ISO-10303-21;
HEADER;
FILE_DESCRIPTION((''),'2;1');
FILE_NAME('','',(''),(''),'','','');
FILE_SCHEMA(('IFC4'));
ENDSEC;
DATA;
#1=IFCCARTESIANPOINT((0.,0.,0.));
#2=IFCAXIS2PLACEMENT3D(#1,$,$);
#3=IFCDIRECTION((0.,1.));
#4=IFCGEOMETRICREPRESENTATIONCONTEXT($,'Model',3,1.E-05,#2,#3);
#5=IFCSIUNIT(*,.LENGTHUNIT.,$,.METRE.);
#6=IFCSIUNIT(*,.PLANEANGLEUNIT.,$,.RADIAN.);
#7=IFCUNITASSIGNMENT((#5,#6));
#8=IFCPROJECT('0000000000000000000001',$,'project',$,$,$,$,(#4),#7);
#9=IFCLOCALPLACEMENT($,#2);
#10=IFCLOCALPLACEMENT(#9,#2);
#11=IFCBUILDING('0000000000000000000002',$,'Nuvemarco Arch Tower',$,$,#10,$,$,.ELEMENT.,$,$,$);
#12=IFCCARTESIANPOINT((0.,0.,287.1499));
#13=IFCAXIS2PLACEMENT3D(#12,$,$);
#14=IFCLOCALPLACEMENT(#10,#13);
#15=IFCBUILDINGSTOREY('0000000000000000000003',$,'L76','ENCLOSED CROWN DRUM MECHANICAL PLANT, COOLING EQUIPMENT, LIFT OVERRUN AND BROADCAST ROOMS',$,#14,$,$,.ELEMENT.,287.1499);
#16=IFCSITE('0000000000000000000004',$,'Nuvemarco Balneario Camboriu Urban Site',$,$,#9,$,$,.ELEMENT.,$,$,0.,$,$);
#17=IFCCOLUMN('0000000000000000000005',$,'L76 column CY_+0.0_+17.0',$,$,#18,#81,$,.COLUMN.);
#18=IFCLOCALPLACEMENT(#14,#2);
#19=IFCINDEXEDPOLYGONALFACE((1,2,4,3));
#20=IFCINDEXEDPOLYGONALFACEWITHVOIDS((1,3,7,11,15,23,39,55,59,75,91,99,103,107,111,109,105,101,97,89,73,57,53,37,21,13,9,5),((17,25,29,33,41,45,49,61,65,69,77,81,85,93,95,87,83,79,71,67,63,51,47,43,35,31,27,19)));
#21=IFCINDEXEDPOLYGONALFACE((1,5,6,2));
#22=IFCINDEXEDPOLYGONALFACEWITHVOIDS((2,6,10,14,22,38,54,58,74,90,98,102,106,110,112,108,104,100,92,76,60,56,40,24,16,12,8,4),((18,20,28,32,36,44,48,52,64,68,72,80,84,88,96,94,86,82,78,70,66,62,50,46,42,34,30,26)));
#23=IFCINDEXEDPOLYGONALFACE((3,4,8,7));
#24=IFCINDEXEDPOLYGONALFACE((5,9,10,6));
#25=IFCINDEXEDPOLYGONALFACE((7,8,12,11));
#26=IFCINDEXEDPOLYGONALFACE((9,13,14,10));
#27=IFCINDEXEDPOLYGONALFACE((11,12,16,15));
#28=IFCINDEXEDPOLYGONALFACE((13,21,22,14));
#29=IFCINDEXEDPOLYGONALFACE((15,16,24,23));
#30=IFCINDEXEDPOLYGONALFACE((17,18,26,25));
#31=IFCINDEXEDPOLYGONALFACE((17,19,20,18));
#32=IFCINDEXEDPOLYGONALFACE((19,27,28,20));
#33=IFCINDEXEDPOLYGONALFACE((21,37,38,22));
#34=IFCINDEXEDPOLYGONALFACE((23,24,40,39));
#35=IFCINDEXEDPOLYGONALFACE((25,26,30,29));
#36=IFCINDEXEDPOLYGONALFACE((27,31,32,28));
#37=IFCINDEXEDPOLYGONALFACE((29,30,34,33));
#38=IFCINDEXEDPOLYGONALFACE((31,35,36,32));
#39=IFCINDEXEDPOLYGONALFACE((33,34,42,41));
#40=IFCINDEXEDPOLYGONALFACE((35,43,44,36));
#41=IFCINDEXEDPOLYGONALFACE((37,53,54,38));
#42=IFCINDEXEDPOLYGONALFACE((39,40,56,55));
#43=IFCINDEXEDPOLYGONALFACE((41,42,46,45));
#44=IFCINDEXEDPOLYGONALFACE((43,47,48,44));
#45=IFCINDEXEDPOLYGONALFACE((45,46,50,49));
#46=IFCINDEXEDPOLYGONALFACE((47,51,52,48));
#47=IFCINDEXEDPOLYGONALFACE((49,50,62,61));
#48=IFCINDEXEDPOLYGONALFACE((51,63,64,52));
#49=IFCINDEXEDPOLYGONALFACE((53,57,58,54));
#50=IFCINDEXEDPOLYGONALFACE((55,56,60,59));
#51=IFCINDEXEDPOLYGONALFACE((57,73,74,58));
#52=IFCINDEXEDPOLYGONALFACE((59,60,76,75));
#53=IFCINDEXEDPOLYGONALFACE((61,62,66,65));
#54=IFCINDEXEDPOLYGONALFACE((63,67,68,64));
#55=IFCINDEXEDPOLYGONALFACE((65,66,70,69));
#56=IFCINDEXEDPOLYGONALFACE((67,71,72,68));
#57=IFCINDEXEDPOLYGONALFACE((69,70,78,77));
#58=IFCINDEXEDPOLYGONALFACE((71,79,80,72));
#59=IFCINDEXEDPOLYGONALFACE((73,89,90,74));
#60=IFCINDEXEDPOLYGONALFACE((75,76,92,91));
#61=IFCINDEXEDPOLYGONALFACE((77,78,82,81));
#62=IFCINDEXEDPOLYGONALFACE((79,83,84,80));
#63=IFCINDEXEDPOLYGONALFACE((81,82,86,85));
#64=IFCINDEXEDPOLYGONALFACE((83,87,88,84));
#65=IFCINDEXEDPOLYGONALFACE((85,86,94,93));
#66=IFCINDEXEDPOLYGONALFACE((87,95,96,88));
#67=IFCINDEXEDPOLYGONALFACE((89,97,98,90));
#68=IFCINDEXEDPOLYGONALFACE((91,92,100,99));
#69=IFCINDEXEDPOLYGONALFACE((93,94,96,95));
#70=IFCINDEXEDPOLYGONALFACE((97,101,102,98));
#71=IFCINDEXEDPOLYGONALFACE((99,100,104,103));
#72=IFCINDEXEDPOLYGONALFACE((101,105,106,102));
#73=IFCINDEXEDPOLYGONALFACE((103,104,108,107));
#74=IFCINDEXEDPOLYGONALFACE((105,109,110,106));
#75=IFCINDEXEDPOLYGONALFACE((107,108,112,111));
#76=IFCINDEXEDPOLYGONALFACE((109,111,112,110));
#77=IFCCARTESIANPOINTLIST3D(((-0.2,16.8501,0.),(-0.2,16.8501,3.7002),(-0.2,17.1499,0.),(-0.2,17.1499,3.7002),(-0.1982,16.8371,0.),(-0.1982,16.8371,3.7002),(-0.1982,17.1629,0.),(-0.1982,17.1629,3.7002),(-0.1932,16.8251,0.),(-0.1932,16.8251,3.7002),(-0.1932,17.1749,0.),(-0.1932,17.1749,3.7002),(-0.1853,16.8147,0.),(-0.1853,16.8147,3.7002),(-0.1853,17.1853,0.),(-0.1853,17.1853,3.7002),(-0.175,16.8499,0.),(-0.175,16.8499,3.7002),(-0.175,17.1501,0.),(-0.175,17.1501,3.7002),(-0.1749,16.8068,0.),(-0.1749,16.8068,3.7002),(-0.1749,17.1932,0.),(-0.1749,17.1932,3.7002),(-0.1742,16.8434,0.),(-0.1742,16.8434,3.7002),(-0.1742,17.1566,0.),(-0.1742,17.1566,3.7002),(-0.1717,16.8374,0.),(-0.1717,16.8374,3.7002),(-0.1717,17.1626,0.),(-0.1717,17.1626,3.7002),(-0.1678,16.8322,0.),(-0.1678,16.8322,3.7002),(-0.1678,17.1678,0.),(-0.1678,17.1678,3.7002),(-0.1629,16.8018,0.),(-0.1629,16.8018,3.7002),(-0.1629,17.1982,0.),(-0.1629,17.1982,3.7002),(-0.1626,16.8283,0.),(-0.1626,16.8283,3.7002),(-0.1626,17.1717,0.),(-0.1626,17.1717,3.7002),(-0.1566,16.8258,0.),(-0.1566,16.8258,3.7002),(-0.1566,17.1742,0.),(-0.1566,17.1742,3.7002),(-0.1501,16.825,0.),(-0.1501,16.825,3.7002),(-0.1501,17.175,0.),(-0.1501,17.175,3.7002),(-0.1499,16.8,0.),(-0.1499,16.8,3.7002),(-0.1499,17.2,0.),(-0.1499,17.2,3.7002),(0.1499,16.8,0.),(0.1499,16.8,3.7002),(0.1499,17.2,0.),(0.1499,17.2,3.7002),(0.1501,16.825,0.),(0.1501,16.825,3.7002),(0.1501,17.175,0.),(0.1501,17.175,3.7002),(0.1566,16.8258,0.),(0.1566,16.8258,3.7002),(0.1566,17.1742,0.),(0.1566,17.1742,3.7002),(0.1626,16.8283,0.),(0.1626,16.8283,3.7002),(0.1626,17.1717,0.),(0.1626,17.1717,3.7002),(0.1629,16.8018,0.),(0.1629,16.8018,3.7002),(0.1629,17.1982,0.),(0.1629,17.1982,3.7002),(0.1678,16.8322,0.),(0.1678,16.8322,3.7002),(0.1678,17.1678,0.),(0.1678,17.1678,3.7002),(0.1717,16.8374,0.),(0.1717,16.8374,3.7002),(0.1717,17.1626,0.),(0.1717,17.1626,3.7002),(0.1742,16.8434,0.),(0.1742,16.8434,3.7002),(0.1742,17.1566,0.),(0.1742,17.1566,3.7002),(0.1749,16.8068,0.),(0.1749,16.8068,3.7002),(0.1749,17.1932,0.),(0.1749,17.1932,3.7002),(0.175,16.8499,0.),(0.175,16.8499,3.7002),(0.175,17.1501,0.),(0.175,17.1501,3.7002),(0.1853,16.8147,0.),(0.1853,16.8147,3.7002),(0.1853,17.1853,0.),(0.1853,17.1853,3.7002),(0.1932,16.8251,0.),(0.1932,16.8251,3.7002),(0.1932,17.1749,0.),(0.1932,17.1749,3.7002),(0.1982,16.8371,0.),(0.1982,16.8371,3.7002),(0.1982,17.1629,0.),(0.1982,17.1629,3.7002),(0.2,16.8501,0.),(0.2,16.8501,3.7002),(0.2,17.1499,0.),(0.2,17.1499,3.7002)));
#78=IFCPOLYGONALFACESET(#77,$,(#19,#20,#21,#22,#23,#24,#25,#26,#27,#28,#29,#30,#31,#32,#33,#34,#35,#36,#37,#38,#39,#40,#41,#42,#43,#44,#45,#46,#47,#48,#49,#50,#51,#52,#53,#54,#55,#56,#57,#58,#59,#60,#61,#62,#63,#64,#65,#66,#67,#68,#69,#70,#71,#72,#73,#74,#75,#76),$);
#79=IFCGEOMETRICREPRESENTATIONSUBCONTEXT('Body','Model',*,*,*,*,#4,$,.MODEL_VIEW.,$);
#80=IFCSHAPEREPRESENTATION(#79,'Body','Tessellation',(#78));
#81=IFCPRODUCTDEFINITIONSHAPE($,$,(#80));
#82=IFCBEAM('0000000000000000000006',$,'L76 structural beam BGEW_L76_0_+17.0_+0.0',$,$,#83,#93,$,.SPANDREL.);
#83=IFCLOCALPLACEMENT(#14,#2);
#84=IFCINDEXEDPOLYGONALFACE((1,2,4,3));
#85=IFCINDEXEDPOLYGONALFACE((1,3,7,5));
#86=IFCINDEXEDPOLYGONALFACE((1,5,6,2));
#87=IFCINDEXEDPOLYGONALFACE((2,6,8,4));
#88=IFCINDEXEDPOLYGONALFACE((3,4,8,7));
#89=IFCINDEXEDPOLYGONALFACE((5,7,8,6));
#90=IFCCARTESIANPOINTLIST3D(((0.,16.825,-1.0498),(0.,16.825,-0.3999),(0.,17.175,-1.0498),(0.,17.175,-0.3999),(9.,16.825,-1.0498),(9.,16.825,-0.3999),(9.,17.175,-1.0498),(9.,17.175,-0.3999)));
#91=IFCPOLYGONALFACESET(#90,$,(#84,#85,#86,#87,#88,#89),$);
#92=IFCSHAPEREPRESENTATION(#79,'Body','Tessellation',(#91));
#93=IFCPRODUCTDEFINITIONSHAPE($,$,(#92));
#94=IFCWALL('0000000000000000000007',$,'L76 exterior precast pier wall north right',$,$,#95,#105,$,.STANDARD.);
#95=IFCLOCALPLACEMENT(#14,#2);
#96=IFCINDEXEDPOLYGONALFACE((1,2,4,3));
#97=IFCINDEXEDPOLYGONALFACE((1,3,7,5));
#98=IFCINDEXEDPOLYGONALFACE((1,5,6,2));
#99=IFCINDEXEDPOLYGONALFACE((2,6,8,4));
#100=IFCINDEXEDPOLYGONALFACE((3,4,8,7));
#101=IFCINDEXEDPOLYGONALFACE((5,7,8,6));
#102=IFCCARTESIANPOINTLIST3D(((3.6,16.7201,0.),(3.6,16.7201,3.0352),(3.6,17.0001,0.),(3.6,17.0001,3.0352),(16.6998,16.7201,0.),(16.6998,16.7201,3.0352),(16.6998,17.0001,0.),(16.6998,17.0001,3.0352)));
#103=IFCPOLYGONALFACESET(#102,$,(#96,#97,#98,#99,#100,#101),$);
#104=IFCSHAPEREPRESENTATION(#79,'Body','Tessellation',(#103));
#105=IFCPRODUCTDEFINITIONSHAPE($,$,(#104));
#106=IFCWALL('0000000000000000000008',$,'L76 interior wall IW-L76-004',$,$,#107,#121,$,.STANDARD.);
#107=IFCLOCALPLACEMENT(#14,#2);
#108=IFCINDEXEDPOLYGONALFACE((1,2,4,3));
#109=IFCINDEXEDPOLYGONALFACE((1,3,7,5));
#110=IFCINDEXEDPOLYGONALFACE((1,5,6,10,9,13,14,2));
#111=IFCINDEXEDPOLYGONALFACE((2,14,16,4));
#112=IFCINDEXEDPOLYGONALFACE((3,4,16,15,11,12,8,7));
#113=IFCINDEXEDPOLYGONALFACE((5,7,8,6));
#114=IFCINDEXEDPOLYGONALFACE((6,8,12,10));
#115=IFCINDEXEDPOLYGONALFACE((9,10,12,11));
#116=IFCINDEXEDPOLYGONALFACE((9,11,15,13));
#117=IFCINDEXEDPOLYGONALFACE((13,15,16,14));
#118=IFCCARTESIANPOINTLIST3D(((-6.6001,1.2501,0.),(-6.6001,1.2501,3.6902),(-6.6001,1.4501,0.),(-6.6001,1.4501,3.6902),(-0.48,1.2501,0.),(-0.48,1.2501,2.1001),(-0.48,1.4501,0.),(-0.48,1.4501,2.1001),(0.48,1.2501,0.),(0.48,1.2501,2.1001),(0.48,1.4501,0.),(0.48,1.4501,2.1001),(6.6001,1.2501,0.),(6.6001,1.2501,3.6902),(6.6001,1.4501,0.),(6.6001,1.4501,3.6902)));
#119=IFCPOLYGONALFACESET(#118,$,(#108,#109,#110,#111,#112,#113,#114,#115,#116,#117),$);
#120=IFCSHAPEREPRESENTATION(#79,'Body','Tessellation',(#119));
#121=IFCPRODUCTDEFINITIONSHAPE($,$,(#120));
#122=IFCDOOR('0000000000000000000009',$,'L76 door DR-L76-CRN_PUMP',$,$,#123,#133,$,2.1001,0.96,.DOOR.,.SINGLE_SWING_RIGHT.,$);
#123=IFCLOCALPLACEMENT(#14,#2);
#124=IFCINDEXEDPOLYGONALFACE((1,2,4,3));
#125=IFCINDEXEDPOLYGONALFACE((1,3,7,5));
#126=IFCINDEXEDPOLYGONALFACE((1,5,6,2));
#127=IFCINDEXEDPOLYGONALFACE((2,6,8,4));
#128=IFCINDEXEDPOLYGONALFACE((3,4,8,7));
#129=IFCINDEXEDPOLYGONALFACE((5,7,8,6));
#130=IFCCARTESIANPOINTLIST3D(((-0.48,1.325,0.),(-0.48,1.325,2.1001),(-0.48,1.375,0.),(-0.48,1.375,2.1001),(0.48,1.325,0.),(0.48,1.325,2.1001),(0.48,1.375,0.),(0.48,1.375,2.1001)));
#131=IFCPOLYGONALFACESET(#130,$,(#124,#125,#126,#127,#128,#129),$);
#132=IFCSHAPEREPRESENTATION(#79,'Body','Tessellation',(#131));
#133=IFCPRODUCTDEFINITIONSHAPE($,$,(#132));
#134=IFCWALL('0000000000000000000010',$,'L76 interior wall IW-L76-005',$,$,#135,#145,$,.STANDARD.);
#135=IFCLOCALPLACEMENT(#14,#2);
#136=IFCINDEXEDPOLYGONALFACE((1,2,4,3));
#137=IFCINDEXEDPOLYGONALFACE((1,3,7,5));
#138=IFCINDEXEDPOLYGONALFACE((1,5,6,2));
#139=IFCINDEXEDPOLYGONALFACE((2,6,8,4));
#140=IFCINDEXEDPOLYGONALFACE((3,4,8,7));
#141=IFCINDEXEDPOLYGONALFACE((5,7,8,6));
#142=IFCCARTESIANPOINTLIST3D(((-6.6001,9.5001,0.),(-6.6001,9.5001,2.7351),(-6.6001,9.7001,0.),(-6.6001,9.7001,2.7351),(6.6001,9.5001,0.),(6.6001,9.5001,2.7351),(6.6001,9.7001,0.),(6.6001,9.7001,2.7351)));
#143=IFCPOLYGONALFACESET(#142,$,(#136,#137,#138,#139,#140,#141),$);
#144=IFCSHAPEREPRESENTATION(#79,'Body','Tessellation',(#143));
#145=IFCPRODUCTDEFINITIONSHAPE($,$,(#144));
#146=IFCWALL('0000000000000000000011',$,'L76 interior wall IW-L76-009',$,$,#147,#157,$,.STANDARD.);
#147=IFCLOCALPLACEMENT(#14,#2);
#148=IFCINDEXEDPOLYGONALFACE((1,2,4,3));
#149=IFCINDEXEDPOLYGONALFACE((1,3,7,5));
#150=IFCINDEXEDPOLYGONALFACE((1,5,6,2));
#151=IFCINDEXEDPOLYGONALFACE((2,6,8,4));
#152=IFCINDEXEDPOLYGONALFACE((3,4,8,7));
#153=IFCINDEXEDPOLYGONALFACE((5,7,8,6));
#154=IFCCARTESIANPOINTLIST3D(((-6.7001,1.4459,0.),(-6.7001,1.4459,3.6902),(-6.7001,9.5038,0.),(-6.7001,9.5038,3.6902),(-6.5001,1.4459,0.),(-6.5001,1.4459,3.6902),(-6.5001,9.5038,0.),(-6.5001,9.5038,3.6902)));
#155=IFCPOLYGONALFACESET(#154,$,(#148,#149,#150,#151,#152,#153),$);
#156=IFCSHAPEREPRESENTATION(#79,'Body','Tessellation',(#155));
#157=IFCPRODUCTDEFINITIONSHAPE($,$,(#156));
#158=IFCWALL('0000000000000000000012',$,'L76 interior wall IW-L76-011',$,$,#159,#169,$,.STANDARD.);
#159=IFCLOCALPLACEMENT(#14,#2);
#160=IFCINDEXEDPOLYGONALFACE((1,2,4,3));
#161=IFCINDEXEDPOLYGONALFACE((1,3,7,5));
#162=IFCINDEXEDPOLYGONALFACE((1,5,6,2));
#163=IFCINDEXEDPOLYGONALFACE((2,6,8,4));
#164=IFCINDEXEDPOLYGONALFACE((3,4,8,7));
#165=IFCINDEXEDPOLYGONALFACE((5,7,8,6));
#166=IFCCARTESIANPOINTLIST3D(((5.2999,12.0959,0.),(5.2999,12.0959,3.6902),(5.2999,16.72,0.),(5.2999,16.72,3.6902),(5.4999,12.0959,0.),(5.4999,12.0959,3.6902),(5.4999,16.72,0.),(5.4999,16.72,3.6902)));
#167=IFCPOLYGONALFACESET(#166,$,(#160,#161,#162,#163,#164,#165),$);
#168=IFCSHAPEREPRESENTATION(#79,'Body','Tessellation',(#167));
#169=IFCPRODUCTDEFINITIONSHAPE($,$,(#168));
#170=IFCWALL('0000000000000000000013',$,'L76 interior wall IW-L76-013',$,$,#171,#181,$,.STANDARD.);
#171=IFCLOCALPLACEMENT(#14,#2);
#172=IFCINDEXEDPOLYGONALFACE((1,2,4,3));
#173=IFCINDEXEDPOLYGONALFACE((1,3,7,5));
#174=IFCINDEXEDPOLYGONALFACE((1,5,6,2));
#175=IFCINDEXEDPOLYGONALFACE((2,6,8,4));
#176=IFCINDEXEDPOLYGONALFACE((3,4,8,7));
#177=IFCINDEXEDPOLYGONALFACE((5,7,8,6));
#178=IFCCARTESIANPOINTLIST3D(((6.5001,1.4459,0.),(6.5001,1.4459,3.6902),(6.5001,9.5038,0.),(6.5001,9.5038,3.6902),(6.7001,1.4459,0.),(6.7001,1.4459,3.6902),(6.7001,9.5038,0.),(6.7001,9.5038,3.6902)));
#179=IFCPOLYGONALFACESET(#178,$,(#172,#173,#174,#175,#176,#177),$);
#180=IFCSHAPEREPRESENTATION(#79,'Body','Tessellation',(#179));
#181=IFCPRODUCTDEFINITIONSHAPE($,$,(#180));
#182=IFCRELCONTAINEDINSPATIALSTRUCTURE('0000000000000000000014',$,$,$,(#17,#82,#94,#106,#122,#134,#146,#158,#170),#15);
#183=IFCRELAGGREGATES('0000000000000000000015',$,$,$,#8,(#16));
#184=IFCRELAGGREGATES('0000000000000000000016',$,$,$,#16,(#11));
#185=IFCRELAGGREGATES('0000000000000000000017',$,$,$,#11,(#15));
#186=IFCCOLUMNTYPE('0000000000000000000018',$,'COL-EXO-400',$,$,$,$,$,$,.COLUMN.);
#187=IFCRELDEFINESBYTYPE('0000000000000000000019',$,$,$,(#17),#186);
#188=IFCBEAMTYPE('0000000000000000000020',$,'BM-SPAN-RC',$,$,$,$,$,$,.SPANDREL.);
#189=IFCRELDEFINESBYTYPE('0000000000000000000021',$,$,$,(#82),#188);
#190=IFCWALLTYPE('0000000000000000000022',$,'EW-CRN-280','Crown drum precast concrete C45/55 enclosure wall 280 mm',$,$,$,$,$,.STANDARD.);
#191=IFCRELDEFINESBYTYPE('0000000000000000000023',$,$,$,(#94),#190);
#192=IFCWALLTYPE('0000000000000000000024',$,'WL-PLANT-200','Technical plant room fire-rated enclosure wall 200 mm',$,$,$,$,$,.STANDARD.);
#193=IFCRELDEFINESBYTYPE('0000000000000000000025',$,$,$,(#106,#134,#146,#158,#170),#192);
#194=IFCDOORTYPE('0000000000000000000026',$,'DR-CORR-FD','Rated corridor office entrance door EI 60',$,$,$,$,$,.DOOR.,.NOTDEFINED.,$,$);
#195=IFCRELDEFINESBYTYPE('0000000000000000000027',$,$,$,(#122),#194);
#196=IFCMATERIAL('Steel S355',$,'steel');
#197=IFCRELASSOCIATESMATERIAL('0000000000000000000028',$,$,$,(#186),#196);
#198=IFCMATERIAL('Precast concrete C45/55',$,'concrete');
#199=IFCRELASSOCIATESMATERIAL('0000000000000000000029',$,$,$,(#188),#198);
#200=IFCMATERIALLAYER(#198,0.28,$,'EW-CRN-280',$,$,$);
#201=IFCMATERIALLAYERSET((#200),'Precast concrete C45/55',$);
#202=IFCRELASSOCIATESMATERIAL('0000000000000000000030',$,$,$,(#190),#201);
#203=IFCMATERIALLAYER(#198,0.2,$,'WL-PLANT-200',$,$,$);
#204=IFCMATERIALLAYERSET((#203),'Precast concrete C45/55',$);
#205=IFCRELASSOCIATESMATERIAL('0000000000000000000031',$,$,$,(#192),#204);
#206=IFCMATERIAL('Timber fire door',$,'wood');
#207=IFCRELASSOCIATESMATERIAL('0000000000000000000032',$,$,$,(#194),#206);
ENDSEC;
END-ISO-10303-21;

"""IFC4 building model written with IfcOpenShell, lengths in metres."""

from ifc_helpers import new_model, si_unit, direction, frame, frame_2d, origin, origin_2d, place, context, subcontext, project, spatial, rectangle, hollow_rectangle, extrude, source, transform, mapped, material, layer, layer_set, material_profile, profile_set, type_object, type_shapes, element, fill, save


model = new_model("IFC4")

# Units and contexts
model_context = context("Model", 3, precision=1e-05, world=origin(), true_north=direction((0.0, 1.0)))
body_context = subcontext(model_context, "Body", "Model", "MODEL_VIEW")
ifc_project = project(units=[si_unit("LENGTHUNIT", "METRE"), si_unit("PLANEANGLEUNIT", "RADIAN")], contexts=[model_context])

# Site, building, storey
site_placement = place(None, origin())
site = spatial("IfcSite", under=ifc_project, at=site_placement, Name="Nuvemarco Balneario Camboriu Urban Site", CompositionType="ELEMENT", RefElevation=0.0)
building_placement = place(site_placement, origin())
building = spatial("IfcBuilding", under=site, at=building_placement, Name="Nuvemarco Arch Tower", CompositionType="ELEMENT")
storey_placement = place(building_placement, frame((0.0, 0.0, 287.1499)))
storey = spatial("IfcBuildingStorey", under=building, at=storey_placement, Name="L76", Description="ENCLOSED CROWN DRUM MECHANICAL PLANT, COOLING EQUIPMENT, LIFT OVERRUN AND BROADCAST ROOMS", CompositionType="ELEMENT", Elevation=287.1499)

# Column
ifc_material_1 = material(Name="Steel S355", Category="steel")
ifc_material_profile_1 = material_profile(ifc_material_1, hollow_rectangle(XDim=0.3999, YDim=0.3999, WallThickness=0.0249, InnerFilletRadius=0.0249, OuterFilletRadius=0.05, at=origin_2d()), Name="SHS400x400x25")
ifc_profile_set_1 = profile_set([ifc_material_profile_1], Name="Steel S355")
column_type = type_object("IfcColumnType", Name="COL-EXO-400", PredefinedType="COLUMN", material=ifc_profile_set_1)
column_placement = place(storey_placement, frame((0.0, 17.0, 0.0), z_axis=(0.0, 0.0, 1.0), x_axis=(1.0, 0.0, 0.0)))
element("IfcColumn", 1, at=column_placement, inside=storey, type_object=column_type, Name="L76 column CY_+0.0_+17.0", PredefinedType="COLUMN", context=body_context, shape_type="SweptSolid", body=[
    extrude(hollow_rectangle(XDim=0.3999, YDim=0.3999, WallThickness=0.0249, InnerFilletRadius=0.0249, OuterFilletRadius=0.05, at=origin_2d()), origin(), (0.0, 0.0, 1.0), 3.7002),
])

# Beam
ifc_material_2 = material(Name="Precast concrete C45/55", Category="concrete")
ifc_material_profile_2 = material_profile(ifc_material_2, rectangle(XDim=0.3501, YDim=0.6499, at=origin_2d()), Name="PC-SP-350x650")
ifc_profile_set_2 = profile_set([ifc_material_profile_2], Name="Precast concrete C45/55")
beam_type = type_object("IfcBeamType", Name="BM-SPAN-RC", PredefinedType="SPANDREL", material=ifc_profile_set_2)
beam_placement = place(storey_placement, frame((0.0, 17.0, -0.7249), z_axis=(1.0, 0.0, 0.0), x_axis=(0.0, 1.0, 0.0)))
element("IfcBeam", 2, at=beam_placement, inside=storey, type_object=beam_type, Name="L76 structural beam BGEW_L76_0_+17.0_+0.0", PredefinedType="SPANDREL", context=body_context, shape_type="SweptSolid", body=[
    extrude(rectangle(XDim=0.3501, YDim=0.6499, at=origin_2d()), origin(), (0.0, 0.0, 1.0), 9.0),
])

# Wall
ifc_layer_1 = layer(ifc_material_2, 0.28, Name="EW-CRN-280")
ifc_layer_set_1 = layer_set([ifc_layer_1], Name="Precast concrete C45/55")
wall_type_1 = type_object("IfcWallType", Name="EW-CRN-280", Description="Crown drum precast concrete C45/55 enclosure wall 280 mm", PredefinedType="STANDARD", material=ifc_layer_set_1)
wall_1_placement = place(storey_placement, frame((3.6001, 16.8601, 0.0), z_axis=(0.0, 0.0, 1.0), x_axis=(1.0, 0.0, 0.0)))
element("IfcWall", 3, at=wall_1_placement, inside=storey, type_object=wall_type_1, Name="L76 exterior precast pier wall north right", PredefinedType="STANDARD", context=body_context, shape_type="SweptSolid", body=[
    extrude(rectangle(XDim=13.0999, YDim=0.28, at=frame_2d((6.5498, 0.0))), origin(), (0.0, 0.0, 1.0), 3.0352),
])

# Wall, opening, door
ifc_layer_2 = layer(ifc_material_2, 0.2, Name="WL-PLANT-200")
ifc_layer_set_2 = layer_set([ifc_layer_2], Name="Precast concrete C45/55")
wall_type_2 = type_object("IfcWallType", Name="WL-PLANT-200", Description="Technical plant room fire-rated enclosure wall 200 mm", PredefinedType="STANDARD", material=ifc_layer_set_2)
wall_2_placement = place(storey_placement, frame((-6.6001, 1.3501, 0.0), z_axis=(0.0, 0.0, 1.0), x_axis=(1.0, 0.0, 0.0)))
wall_2 = element("IfcWall", 4, at=wall_2_placement, inside=storey, type_object=wall_type_2, Name="L76 interior wall IW-L76-004", PredefinedType="STANDARD", context=body_context, shape_type="SweptSolid", body=[
    extrude(rectangle(XDim=13.2002, YDim=0.2, at=frame_2d((6.6001, 0.0))), origin(), (0.0, 0.0, 1.0), 3.6902),
])
opening_placement = place(wall_2_placement, frame((6.1201, 0.0, 0.0)))
opening = element("IfcOpeningElement", 5, at=opening_placement, cuts=wall_2, PredefinedType="OPENING", context=body_context, shape_type="SweptSolid", body=[
    extrude(rectangle(XDim=0.96, YDim=2.1001, at=frame_2d((0.48, 1.05))), frame((0.0, 0.1099, 0.0), z_axis=(0.0, -1.0, 0.0), x_axis=(1.0, 0.0, 0.0)), (0.0, 0.0, 1.0), 0.22),
])
ifc_material_3 = material(Name="Timber fire door", Category="wood")
door_type = type_object("IfcDoorType", Name="DR-CORR-FD", Description="Rated corridor office entrance door EI 60", OperationType="NOTDEFINED", PredefinedType="DOOR", material=ifc_material_3)
shared_shape_1 = source(origin(), body_context, "Body", "SweptSolid", [
    extrude(rectangle(XDim=0.96, YDim=2.1001, at=frame_2d((0.48, 1.05))), frame((0.0, 0.0249, 0.0), z_axis=(0.0, -1.0, 0.0), x_axis=(1.0, 0.0, 0.0)), (0.0, 0.0, 1.0), 0.05),
])
type_shapes(door_type, [shared_shape_1])
door_placement = place(opening_placement, origin())
door = element("IfcDoor", 6, at=door_placement, inside=storey, type_object=door_type, Name="L76 door DR-L76-CRN_PUMP", OperationType="SINGLE_SWING_RIGHT", OverallHeight=2.1001, OverallWidth=0.96, PredefinedType="DOOR", context=body_context, shape_type="MappedRepresentation", body=[
    mapped(shared_shape_1, transform((0.0, 0.0, 0.0), scale=1.0)),
])
fill(opening, door)

# Walls
wall_3_placement = place(storey_placement, frame((-6.6001, 9.6001, 0.0), z_axis=(0.0, 0.0, 1.0), x_axis=(1.0, 0.0, 0.0)))
element("IfcWall", 7, at=wall_3_placement, inside=storey, type_object=wall_type_2, Name="L76 interior wall IW-L76-005", PredefinedType="STANDARD", context=body_context, shape_type="SweptSolid", body=[
    extrude(rectangle(XDim=13.2002, YDim=0.2, at=frame_2d((6.6001, 0.0))), origin(), (0.0, 0.0, 1.0), 2.7351),
])
wall_4_placement = place(storey_placement, frame((-6.6001, 1.446, 0.0), z_axis=(0.0, 0.0, 1.0), x_axis=(0.0, 1.0, 0.0)))
element("IfcWall", 8, at=wall_4_placement, inside=storey, type_object=wall_type_2, Name="L76 interior wall IW-L76-009", PredefinedType="STANDARD", context=body_context, shape_type="SweptSolid", body=[
    extrude(rectangle(XDim=8.0579, YDim=0.2, at=frame_2d((4.0288, 0.0))), origin(), (0.0, 0.0, 1.0), 3.6902),
])
wall_5_placement = place(storey_placement, frame((5.3999, 12.0959, 0.0), z_axis=(0.0, 0.0, 1.0), x_axis=(0.0, 1.0, 0.0)))
element("IfcWall", 9, at=wall_5_placement, inside=storey, type_object=wall_type_2, Name="L76 interior wall IW-L76-011", PredefinedType="STANDARD", context=body_context, shape_type="SweptSolid", body=[
    extrude(rectangle(XDim=4.624, YDim=0.2, at=frame_2d((2.312, 0.0))), origin(), (0.0, 0.0, 1.0), 3.6902),
])
wall_6_placement = place(storey_placement, frame((6.6001, 1.446, 0.0), z_axis=(0.0, 0.0, 1.0), x_axis=(0.0, 1.0, 0.0)))
element("IfcWall", 10, at=wall_6_placement, inside=storey, type_object=wall_type_2, Name="L76 interior wall IW-L76-013", PredefinedType="STANDARD", context=body_context, shape_type="SweptSolid", body=[
    extrude(rectangle(XDim=8.0579, YDim=0.2, at=frame_2d((4.0288, 0.0))), origin(), (0.0, 0.0, 1.0), 3.6902),
])

save(model, "model.ifc")
